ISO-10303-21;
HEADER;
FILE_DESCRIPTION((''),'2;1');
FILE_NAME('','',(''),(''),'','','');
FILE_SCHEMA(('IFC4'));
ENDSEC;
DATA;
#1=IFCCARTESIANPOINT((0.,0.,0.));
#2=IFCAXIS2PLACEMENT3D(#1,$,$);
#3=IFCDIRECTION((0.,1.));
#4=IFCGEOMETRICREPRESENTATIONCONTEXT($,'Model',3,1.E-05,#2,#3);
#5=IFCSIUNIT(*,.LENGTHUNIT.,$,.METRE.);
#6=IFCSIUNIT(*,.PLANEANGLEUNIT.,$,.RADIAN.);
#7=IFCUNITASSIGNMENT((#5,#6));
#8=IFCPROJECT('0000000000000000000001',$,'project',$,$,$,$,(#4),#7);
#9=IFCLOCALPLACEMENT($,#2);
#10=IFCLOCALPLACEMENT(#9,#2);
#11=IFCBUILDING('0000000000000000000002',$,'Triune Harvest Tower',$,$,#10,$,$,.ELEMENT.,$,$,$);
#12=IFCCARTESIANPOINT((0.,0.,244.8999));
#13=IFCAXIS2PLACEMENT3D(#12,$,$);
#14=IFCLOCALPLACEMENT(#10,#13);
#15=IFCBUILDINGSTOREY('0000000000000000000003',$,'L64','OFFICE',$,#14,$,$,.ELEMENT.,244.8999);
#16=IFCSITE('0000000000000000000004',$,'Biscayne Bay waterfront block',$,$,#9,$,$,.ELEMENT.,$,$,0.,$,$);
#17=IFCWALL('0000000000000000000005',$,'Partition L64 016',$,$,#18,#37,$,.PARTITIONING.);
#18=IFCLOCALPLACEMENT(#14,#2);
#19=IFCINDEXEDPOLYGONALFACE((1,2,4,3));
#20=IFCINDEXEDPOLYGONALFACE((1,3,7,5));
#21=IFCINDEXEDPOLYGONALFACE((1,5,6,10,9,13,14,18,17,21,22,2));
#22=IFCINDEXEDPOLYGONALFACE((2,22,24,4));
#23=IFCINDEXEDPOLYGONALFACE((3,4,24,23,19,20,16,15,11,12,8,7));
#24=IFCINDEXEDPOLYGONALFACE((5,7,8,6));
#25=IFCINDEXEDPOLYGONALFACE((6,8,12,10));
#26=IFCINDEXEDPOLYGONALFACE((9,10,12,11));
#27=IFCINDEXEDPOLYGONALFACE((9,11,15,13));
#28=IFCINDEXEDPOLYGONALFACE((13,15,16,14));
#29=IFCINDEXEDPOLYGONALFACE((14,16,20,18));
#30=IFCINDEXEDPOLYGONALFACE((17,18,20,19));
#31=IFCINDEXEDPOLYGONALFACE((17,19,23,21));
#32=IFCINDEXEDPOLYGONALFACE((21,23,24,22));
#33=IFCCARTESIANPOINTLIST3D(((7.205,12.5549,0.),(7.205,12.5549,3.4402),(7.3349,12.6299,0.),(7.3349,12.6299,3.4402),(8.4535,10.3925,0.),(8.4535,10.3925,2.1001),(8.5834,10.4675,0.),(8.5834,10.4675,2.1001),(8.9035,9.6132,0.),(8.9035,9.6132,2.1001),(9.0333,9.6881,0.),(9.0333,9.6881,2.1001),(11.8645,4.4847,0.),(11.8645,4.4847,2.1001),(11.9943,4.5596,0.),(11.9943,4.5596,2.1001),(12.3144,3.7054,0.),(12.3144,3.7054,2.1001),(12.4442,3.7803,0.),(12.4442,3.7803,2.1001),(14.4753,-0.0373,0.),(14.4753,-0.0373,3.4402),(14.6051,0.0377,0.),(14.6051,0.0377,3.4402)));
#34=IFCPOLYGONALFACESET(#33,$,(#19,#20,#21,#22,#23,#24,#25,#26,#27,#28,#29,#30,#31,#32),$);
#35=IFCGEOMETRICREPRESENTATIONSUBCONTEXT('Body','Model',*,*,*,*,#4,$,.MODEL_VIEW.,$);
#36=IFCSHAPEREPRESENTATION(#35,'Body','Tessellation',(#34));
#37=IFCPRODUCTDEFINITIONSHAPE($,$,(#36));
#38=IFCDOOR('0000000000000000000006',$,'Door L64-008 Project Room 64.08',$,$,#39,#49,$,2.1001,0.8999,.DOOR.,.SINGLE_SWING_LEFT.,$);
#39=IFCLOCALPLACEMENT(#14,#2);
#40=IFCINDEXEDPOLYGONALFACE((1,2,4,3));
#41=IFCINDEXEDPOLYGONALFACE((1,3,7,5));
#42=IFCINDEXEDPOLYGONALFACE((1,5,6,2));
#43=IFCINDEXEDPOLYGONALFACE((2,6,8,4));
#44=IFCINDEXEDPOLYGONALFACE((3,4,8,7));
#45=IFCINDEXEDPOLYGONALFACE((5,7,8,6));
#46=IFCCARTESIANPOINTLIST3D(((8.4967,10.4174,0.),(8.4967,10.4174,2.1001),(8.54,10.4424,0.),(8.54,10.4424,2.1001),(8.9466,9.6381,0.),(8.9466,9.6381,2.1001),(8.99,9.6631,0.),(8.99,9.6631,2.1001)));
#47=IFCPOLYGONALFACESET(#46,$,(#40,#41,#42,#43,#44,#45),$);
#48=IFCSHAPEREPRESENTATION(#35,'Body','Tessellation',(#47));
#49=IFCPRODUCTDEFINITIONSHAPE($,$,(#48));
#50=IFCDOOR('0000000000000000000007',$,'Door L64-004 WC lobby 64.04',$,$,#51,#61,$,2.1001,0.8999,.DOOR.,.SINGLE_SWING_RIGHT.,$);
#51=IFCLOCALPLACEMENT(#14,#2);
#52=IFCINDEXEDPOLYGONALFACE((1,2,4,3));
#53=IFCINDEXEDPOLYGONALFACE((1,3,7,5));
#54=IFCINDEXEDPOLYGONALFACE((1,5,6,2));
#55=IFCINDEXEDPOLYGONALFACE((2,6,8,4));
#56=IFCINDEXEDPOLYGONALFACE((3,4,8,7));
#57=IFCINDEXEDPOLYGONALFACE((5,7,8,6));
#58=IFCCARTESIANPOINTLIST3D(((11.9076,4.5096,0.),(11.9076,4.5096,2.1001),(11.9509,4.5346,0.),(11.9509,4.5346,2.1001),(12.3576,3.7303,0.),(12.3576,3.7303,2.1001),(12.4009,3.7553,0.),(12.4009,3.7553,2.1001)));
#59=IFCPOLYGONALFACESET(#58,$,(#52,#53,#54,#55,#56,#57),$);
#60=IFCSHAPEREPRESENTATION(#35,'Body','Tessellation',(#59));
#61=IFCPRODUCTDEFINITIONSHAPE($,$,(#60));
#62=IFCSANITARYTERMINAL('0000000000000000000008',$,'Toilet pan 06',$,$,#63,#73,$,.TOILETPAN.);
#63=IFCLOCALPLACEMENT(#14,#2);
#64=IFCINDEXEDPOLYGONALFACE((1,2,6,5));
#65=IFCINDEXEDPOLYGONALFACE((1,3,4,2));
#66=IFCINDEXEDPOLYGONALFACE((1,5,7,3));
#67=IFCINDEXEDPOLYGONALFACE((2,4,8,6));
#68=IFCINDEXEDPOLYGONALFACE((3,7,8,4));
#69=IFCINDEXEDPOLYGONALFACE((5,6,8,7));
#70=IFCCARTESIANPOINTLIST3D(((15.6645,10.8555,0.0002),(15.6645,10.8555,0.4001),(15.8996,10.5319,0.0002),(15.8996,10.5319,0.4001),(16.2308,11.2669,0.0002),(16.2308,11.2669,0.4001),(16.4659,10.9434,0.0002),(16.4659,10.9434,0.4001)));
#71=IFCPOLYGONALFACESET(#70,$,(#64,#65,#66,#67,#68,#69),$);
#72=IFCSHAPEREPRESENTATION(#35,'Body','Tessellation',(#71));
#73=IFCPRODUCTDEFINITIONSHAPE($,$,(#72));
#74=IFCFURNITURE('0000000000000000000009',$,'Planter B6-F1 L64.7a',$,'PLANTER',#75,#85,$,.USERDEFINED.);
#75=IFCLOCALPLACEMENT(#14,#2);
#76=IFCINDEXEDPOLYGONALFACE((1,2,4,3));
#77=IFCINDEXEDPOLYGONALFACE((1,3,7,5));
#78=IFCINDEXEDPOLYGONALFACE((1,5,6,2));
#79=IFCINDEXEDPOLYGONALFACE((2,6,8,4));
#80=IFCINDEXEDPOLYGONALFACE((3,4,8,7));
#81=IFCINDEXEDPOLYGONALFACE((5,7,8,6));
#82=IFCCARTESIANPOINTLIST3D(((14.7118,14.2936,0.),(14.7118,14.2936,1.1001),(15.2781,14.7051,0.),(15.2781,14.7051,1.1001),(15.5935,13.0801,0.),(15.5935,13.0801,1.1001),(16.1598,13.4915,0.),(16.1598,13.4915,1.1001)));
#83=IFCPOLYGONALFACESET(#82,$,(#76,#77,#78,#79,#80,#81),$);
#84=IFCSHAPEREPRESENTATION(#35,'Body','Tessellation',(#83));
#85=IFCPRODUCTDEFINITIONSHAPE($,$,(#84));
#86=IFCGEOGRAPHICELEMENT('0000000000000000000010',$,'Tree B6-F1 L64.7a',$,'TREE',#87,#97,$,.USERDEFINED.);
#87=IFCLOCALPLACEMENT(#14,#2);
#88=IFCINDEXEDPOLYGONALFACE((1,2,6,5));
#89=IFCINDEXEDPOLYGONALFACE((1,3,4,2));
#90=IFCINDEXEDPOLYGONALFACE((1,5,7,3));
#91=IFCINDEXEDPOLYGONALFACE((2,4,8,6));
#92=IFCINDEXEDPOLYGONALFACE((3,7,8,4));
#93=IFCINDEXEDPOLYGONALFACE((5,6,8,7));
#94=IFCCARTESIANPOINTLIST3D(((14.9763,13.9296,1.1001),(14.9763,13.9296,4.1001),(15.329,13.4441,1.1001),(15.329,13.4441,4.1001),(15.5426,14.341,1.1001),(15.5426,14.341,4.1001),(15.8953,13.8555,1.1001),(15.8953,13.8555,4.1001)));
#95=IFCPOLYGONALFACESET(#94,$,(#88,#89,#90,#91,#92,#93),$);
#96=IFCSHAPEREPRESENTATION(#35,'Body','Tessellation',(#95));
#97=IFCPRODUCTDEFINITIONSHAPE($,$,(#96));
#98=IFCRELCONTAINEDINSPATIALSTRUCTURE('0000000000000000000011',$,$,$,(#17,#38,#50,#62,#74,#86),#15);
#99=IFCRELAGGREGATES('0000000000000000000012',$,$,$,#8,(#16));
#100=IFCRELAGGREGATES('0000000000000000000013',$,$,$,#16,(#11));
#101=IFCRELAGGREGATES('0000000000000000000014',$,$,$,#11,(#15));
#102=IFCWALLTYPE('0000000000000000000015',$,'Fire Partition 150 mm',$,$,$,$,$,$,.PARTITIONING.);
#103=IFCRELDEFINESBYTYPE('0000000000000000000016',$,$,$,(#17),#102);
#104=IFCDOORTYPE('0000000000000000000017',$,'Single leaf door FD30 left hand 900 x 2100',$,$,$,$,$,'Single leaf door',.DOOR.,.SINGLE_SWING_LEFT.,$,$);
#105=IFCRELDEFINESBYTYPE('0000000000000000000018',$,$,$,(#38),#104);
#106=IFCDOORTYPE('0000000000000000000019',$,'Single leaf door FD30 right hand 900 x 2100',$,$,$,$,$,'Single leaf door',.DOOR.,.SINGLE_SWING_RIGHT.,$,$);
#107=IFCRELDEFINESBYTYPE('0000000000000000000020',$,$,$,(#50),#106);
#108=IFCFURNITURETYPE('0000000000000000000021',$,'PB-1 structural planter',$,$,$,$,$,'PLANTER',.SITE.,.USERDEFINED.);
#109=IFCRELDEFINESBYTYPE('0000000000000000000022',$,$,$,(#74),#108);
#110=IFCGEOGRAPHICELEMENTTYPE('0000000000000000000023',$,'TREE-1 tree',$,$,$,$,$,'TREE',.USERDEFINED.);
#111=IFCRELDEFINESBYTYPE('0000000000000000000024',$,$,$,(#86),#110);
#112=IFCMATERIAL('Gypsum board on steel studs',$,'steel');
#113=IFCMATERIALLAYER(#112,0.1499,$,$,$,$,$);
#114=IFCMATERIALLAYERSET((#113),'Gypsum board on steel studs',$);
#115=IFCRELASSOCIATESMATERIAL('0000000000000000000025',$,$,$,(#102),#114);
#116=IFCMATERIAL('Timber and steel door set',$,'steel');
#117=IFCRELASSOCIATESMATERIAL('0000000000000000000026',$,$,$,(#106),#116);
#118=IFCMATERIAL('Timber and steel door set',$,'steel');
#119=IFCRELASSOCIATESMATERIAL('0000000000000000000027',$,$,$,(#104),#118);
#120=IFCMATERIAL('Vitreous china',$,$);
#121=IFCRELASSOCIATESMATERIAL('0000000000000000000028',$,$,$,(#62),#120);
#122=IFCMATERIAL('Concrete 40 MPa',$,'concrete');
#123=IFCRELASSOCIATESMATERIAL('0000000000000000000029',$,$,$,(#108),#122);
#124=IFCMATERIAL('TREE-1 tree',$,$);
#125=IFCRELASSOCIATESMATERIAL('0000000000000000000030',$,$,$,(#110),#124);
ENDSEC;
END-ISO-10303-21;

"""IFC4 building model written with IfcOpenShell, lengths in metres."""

from ifc_helpers import new_model, si_unit, direction, frame, frame_2d, origin, origin_2d, place, context, subcontext, project, spatial, rectangle, extrude, source, transform, mapped, material, layer, layer_set, type_object, element, fill, save


model = new_model("IFC4")

# Units and contexts
model_context = context("Model", 3, precision=1e-05, world=origin(), true_north=direction((0.0, 1.0)))
body_context = subcontext(model_context, "Body", "Model", "MODEL_VIEW")
ifc_project = project(units=[si_unit("LENGTHUNIT", "METRE"), si_unit("PLANEANGLEUNIT", "RADIAN")], contexts=[model_context])

# Site, building, storey
site_placement = place(None, origin())
site = spatial("IfcSite", under=ifc_project, at=site_placement, Name="Biscayne Bay waterfront block", CompositionType="ELEMENT", RefElevation=0.0)
building_placement = place(site_placement, origin())
building = spatial("IfcBuilding", under=site, at=building_placement, Name="Triune Harvest Tower", CompositionType="ELEMENT")
storey_placement = place(building_placement, frame((0.0, 0.0, 244.8999)))
storey = spatial("IfcBuildingStorey", under=building, at=storey_placement, Name="L64", Description="OFFICE", CompositionType="ELEMENT", Elevation=244.8999)

# Shared definitions
ifc_material_1 = material(Name="Gypsum board on steel studs", Category="steel")
ifc_layer_1 = layer(ifc_material_1, 0.1499)
ifc_layer_set_1 = layer_set([ifc_layer_1], Name="Gypsum board on steel studs")
wall_type_1 = type_object("IfcWallType", Name="Fire Partition 150 mm", PredefinedType="PARTITIONING", material=ifc_layer_set_1)

# Shared definitions
ifc_material_2 = material(Name="Timber and steel door set", Category="steel")
door_type_1 = type_object("IfcDoorType", Name="Single leaf door FD30 right hand 900 x 2100", ElementType="Single leaf door", OperationType="SINGLE_SWING_RIGHT", PredefinedType="DOOR", material=ifc_material_2)

# Wall, openings, doors
shared_shape_1 = source(origin(), body_context, "Body", "SweptSolid", [
    extrude(rectangle(XDim=14.5403, YDim=0.1499, at=frame_2d((7.27, 0.0))), origin(), (0.0, 0.0, 1.0), 3.4402),
])
wall_1_placement = place(storey_placement, frame((7.27, 12.5923, 0.0), z_axis=(0.0, 0.0, 1.0), x_axis=(0.500005, -0.866022, 0.0)))
wall_1 = element("IfcWall", 1, at=wall_1_placement, inside=storey, type_object=wall_type_1, Name="Partition L64 016", PredefinedType="PARTITIONING", context=body_context, shape_type="MappedRepresentation", body=[
    mapped(shared_shape_1, transform((0.0, 0.0, 0.0), scale=1.0)),
])
opening_1_placement = place(wall_1_placement, frame((9.3186, 0.0, 0.0)))
opening_1 = element("IfcOpeningElement", 2, at=opening_1_placement, cuts=wall_1, PredefinedType="OPENING", context=body_context, shape_type="SweptSolid", body=[
    extrude(rectangle(XDim=0.8999, YDim=2.1001, at=frame_2d((0.45, 1.05))), frame((0.0, 0.085, 0.0), z_axis=(0.0, -1.0, 0.0), x_axis=(1.0, 0.0, 0.0)), (0.0, 0.0, 1.0), 0.1699),
])
opening_2_placement = place(wall_1_placement, frame((2.4968, 0.0, 0.0)))
opening_2 = element("IfcOpeningElement", 3, at=opening_2_placement, cuts=wall_1, PredefinedType="OPENING", context=body_context, shape_type="SweptSolid", body=[
    extrude(rectangle(XDim=0.8999, YDim=2.1001, at=frame_2d((0.45, 1.05))), frame((0.0, 0.085, 0.0), z_axis=(0.0, -1.0, 0.0), x_axis=(1.0, 0.0, 0.0)), (0.0, 0.0, 1.0), 0.1699),
])
ifc_material_3 = material(Name="Timber and steel door set", Category="steel")
door_type_2 = type_object("IfcDoorType", Name="Single leaf door FD30 left hand 900 x 2100", ElementType="Single leaf door", OperationType="SINGLE_SWING_LEFT", PredefinedType="DOOR", material=ifc_material_3)
door_1_placement = place(opening_2_placement, origin())
door_1 = element("IfcDoor", 4, at=door_1_placement, inside=storey, type_object=door_type_2, Name="Door L64-008 Project Room 64.08", OperationType="SINGLE_SWING_LEFT", OverallHeight=2.1001, OverallWidth=0.8999, PredefinedType="DOOR", context=body_context, shape_type="SweptSolid", body=[
    extrude(rectangle(XDim=0.8999, YDim=2.1001, at=frame_2d((0.45, 1.05))), frame((0.0, 0.0249, 0.0), z_axis=(0.0, -1.0, 0.0), x_axis=(1.0, 0.0, 0.0)), (0.0, 0.0, 1.0), 0.05),
])
fill(opening_2, door_1)
door_2_placement = place(opening_1_placement, origin())
door_2 = element("IfcDoor", 5, at=door_2_placement, inside=storey, type_object=door_type_1, Name="Door L64-004 WC lobby 64.04", OperationType="SINGLE_SWING_RIGHT", OverallHeight=2.1001, OverallWidth=0.8999, PredefinedType="DOOR", context=body_context, shape_type="SweptSolid", body=[
    extrude(rectangle(XDim=0.8999, YDim=2.1001, at=frame_2d((0.45, 1.05))), frame((0.0, 0.0249, 0.0), z_axis=(0.0, -1.0, 0.0), x_axis=(1.0, 0.0, 0.0)), (0.0, 0.0, 1.0), 0.05),
])
fill(opening_1, door_2)

# Sanitary terminal
ifc_material_4 = material(Name="Vitreous china")
shared_shape_2 = source(origin(), body_context, "Body", "SweptSolid", [
    extrude(rectangle(XDim=0.3999, YDim=0.7, at=origin_2d()), origin(), (0.0, 0.0, 1.0), 0.3999),
])
sanitary_terminal_placement = place(storey_placement, frame((16.0652, 10.8994, 0.0002), z_axis=(0.0, 0.0, 1.0), x_axis=(0.587771, -0.809027, 0.0)))
element("IfcSanitaryTerminal", 6, at=sanitary_terminal_placement, inside=storey, material=ifc_material_4, Name="Toilet pan 06", PredefinedType="TOILETPAN", context=body_context, shape_type="MappedRepresentation", body=[
    mapped(shared_shape_2, transform((0.0, 0.0, 0.0), scale=1.0)),
])

# Furniture
ifc_material_5 = material(Name="Concrete 40 MPa", Category="concrete")
furniture_type = type_object("IfcFurnitureType", Name="PB-1 structural planter", ElementType="PLANTER", AssemblyPlace="SITE", PredefinedType="USERDEFINED", material=ifc_material_5)
shared_shape_3 = source(origin(), body_context, "Body", "SweptSolid", [
    extrude(rectangle(XDim=1.5, YDim=0.7, at=origin_2d()), origin(), (0.0, 0.0, 1.0), 1.1001),
])
furniture_placement = place(storey_placement, frame((15.4358, 13.8926, 0.0), z_axis=(0.0, 0.0, 1.0), x_axis=(-0.587786, 0.809017, 0.0)))
element("IfcFurniture", 7, at=furniture_placement, inside=storey, type_object=furniture_type, Name="Planter B6-F1 L64.7a", ObjectType="PLANTER", PredefinedType="USERDEFINED", context=body_context, shape_type="MappedRepresentation", body=[
    mapped(shared_shape_3, transform((0.0, 0.0, 0.0), scale=1.0)),
])

# Geographic element
ifc_material_6 = material(Name="TREE-1 tree")
geographic_element_type = type_object("IfcGeographicElementType", Name="TREE-1 tree", ElementType="TREE", PredefinedType="USERDEFINED", material=ifc_material_6)
shared_shape_4 = source(origin(), body_context, "Body", "SweptSolid", [
    extrude(rectangle(XDim=0.6001, YDim=0.7, at=origin_2d()), origin(), (0.0, 0.0, 1.0), 3.0),
])
geographic_element_placement = place(storey_placement, frame((15.4358, 13.8926, 1.1001), z_axis=(0.0, 0.0, 1.0), x_axis=(-0.587786, 0.809017, 0.0)))
element("IfcGeographicElement", 8, at=geographic_element_placement, inside=storey, type_object=geographic_element_type, Name="Tree B6-F1 L64.7a", ObjectType="TREE", PredefinedType="USERDEFINED", context=body_context, shape_type="MappedRepresentation", body=[
    mapped(shared_shape_4, transform((0.0, 0.0, 0.0), scale=1.0)),
])

save(model, "model.ifc")
